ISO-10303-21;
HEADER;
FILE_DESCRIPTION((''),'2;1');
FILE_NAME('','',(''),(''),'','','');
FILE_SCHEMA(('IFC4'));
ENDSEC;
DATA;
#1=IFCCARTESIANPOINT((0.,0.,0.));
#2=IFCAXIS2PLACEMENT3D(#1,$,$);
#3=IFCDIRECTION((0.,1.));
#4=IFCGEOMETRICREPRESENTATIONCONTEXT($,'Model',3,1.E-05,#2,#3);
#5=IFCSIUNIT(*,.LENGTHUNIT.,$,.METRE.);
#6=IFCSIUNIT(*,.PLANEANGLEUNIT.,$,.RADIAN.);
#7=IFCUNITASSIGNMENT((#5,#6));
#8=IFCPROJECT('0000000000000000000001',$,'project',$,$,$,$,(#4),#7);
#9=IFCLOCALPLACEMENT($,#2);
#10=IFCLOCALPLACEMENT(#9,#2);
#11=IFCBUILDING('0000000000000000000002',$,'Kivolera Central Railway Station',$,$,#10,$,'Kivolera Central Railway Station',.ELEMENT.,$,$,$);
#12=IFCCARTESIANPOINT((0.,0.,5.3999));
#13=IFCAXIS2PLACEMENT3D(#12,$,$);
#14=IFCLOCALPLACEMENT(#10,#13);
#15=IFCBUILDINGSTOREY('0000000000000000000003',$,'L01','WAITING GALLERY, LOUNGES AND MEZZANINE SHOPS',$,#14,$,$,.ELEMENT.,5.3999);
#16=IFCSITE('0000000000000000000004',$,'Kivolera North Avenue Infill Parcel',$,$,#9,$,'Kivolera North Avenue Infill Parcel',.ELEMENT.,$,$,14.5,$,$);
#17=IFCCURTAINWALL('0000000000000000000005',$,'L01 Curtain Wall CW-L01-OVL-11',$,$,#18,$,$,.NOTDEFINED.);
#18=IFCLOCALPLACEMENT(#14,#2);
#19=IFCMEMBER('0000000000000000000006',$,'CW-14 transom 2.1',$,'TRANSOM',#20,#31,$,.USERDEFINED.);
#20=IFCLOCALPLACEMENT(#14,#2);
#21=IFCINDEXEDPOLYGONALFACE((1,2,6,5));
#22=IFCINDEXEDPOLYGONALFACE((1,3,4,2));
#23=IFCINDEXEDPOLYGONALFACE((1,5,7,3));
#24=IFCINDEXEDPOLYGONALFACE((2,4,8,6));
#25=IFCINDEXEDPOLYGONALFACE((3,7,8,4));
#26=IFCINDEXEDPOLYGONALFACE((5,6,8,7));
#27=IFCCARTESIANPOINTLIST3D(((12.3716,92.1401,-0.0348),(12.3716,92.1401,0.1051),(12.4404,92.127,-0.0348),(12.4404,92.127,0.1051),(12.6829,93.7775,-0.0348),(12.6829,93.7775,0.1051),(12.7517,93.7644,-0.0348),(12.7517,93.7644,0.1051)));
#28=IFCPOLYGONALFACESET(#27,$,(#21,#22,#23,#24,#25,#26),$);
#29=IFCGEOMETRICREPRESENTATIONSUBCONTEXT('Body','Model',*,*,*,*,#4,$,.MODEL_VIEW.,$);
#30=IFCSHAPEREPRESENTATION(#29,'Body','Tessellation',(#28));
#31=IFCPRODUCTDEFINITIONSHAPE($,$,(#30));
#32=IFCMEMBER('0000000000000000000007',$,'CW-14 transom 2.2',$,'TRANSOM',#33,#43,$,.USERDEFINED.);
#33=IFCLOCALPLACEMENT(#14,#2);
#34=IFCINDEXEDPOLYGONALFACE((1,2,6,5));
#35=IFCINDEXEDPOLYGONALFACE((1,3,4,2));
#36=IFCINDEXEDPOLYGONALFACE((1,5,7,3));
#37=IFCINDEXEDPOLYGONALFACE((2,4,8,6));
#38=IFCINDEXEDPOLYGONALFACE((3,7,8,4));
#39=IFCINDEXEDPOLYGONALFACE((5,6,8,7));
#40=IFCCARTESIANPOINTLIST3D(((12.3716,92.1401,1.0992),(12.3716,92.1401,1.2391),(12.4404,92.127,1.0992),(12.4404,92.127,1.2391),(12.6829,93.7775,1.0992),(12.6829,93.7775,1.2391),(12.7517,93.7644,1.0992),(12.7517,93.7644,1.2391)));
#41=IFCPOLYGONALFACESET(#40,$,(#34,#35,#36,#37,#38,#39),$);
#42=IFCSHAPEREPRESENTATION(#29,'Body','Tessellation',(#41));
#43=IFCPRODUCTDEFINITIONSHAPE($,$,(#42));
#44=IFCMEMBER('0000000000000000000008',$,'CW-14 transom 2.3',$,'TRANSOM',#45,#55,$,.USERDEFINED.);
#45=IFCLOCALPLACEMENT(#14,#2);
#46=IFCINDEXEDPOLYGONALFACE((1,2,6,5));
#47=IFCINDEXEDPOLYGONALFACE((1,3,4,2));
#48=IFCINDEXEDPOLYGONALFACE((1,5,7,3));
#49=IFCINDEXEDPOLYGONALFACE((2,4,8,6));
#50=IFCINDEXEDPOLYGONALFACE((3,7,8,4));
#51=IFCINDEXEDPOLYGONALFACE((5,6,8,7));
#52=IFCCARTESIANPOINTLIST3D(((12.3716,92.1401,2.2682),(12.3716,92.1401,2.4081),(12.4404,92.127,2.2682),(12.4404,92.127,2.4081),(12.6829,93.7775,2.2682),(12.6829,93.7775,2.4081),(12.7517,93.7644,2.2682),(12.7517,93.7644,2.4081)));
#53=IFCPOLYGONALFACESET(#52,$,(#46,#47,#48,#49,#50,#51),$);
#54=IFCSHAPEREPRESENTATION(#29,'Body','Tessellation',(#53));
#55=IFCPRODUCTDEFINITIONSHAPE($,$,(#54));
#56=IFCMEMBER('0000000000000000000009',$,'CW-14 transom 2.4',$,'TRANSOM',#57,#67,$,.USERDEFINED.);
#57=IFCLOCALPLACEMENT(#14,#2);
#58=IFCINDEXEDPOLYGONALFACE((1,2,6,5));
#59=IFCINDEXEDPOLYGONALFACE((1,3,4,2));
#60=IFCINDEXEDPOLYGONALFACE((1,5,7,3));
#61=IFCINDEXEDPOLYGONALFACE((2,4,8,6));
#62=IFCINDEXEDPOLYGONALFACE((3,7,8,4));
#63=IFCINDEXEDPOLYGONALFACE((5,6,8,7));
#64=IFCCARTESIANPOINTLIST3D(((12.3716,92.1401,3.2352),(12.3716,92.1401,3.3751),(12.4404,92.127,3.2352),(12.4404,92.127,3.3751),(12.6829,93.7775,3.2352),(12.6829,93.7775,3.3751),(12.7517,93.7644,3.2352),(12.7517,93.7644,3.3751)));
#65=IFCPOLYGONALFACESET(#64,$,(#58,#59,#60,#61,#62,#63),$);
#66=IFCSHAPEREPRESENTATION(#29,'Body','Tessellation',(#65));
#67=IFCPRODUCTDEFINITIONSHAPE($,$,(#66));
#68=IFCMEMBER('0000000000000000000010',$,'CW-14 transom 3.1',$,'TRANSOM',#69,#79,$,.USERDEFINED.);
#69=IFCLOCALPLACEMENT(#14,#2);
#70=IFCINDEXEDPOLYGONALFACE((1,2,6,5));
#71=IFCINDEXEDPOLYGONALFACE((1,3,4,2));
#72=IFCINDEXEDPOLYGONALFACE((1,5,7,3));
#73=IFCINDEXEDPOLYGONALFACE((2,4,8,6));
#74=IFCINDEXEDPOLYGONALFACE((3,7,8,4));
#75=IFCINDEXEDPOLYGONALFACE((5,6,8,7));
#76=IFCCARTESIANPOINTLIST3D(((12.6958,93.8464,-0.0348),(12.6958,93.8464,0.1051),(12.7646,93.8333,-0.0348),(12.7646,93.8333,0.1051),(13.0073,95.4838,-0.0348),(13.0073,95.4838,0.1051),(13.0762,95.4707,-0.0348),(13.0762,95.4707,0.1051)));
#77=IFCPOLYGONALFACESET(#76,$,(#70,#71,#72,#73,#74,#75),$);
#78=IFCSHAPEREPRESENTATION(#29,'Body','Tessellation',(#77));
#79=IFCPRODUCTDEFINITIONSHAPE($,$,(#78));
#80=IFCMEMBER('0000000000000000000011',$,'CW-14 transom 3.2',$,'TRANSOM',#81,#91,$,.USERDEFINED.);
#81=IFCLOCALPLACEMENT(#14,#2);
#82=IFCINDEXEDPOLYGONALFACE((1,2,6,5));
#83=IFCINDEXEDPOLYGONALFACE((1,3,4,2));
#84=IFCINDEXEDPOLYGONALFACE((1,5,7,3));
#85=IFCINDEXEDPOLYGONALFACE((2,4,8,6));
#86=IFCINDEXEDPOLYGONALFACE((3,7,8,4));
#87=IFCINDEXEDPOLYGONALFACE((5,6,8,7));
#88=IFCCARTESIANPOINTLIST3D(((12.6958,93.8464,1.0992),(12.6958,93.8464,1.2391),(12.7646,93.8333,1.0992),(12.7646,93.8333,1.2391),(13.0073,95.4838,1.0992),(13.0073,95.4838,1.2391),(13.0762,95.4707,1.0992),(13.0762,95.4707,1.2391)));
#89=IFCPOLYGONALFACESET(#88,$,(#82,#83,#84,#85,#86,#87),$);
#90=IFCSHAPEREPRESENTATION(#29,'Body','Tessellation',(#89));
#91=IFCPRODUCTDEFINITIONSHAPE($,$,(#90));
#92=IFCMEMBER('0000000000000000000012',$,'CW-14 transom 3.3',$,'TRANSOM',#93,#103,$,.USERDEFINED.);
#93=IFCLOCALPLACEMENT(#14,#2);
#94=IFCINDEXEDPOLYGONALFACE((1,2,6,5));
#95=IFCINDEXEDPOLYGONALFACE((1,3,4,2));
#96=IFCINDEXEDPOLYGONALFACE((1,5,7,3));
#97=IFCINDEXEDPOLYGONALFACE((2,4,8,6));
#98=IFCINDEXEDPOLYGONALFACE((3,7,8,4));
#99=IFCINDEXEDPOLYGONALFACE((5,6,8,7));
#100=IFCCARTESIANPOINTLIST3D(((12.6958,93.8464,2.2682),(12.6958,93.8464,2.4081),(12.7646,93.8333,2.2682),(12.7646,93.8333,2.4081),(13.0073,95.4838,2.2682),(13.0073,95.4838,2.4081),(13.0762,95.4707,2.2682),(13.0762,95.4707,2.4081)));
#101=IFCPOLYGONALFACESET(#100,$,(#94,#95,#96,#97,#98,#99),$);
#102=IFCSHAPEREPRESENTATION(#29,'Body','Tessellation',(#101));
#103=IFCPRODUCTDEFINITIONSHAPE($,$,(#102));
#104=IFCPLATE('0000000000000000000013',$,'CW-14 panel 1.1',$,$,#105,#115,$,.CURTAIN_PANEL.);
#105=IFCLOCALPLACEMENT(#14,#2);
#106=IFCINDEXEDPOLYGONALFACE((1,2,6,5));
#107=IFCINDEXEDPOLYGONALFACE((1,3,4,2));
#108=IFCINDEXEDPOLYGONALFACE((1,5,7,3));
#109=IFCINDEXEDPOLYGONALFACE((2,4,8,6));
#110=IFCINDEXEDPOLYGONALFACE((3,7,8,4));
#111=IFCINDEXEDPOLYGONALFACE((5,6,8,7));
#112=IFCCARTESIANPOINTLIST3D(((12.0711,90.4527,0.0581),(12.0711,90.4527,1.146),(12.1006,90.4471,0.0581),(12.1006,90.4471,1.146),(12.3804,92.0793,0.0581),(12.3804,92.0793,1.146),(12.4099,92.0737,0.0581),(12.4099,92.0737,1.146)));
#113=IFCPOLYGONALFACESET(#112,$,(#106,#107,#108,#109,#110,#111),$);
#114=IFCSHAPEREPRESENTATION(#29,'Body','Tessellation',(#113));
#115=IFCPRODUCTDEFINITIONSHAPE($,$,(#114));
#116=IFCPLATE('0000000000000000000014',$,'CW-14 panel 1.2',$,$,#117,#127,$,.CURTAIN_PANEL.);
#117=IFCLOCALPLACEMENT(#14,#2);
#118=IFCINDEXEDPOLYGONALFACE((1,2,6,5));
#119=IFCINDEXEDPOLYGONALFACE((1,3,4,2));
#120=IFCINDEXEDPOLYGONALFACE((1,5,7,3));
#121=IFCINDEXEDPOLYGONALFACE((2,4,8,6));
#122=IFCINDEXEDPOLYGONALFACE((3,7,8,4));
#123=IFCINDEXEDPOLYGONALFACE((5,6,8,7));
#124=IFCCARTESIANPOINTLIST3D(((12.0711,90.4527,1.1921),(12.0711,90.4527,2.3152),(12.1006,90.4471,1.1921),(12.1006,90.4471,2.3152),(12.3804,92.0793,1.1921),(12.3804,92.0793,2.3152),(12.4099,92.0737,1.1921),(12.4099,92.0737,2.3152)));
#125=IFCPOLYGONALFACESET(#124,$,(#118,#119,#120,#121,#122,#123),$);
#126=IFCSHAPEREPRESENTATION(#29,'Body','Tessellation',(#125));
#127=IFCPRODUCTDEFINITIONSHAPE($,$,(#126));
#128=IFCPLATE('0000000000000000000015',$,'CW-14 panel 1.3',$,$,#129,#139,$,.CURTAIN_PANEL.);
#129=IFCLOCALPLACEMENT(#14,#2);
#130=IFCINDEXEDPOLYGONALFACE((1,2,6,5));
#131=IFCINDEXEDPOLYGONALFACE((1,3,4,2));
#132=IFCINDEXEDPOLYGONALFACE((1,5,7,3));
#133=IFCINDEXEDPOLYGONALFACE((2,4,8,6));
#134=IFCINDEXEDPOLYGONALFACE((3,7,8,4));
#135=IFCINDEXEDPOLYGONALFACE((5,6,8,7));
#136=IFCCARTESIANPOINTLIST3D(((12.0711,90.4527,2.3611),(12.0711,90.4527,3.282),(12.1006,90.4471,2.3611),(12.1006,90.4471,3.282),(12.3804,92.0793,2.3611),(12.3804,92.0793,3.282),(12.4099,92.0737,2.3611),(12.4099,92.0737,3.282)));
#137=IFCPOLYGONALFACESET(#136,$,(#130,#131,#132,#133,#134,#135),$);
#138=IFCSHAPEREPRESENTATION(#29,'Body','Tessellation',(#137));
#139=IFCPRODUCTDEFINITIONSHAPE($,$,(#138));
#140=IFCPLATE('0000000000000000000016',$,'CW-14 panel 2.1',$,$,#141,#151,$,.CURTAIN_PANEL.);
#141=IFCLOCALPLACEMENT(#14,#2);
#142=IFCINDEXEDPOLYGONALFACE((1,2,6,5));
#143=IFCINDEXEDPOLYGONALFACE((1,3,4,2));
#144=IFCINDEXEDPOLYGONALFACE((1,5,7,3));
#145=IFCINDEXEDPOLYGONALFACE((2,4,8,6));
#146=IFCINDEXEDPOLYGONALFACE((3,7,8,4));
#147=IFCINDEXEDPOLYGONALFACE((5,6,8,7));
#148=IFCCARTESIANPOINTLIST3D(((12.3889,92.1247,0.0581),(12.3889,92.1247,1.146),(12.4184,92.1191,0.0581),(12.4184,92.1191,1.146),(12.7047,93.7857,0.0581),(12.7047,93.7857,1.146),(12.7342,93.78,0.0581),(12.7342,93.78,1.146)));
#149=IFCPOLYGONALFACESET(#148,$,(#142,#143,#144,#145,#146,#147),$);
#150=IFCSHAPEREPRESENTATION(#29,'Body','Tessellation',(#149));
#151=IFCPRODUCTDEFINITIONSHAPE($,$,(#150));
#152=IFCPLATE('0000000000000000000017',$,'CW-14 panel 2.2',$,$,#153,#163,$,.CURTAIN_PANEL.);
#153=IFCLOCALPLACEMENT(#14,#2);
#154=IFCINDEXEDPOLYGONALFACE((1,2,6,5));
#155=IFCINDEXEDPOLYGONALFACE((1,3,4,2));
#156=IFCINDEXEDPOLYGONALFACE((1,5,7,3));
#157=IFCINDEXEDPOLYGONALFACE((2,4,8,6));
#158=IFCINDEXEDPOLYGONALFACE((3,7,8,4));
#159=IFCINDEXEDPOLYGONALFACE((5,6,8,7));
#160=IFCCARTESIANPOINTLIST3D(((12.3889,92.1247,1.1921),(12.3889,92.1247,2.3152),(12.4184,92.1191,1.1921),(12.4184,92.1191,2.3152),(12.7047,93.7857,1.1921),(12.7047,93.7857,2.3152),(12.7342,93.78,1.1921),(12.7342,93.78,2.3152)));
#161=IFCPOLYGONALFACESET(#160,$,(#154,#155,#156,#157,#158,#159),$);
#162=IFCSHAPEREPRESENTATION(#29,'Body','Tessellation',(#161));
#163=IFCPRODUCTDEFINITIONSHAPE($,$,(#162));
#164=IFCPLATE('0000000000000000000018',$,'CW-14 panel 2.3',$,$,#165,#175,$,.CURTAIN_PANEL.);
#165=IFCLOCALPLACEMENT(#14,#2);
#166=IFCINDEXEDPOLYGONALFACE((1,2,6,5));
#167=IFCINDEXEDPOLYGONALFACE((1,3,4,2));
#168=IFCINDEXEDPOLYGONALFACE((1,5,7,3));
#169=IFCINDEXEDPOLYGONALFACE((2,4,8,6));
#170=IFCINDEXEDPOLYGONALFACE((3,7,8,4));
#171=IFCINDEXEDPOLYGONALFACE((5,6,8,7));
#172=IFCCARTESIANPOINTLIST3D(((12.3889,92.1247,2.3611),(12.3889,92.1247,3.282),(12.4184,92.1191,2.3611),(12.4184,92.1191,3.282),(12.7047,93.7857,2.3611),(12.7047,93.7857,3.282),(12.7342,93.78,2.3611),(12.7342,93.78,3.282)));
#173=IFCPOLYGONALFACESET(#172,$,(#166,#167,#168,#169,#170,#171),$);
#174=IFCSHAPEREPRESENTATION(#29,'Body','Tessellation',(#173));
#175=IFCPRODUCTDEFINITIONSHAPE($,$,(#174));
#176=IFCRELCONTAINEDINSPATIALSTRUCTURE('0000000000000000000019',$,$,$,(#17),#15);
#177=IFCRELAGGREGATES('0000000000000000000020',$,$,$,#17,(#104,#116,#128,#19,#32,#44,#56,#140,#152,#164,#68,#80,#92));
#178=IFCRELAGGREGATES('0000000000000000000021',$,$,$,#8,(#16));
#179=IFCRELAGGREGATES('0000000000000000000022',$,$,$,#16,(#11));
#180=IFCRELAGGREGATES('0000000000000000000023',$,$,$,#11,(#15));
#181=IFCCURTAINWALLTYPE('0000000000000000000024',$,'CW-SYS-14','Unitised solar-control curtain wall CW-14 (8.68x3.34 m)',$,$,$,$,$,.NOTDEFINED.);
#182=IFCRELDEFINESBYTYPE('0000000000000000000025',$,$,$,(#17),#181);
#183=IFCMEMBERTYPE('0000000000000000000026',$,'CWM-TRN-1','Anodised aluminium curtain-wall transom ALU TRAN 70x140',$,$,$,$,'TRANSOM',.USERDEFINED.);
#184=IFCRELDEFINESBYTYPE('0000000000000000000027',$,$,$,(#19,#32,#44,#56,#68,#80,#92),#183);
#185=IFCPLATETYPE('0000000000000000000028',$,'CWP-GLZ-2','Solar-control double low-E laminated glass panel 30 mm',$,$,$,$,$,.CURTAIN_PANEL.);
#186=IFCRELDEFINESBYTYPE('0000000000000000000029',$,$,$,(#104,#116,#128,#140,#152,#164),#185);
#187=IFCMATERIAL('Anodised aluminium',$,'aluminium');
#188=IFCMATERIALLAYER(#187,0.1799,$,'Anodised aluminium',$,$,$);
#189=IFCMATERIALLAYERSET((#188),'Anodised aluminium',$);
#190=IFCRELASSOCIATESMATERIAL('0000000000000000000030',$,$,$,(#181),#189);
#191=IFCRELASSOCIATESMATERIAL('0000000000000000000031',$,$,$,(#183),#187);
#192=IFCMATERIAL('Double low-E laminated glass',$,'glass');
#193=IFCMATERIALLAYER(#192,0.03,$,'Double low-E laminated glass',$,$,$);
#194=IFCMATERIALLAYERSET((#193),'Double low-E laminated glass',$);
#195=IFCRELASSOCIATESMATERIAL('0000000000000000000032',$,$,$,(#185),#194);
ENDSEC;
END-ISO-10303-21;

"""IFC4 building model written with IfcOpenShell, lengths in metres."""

from ifc_helpers import new_model, si_unit, direction, frame, origin, origin_2d, place, context, subcontext, project, spatial, rectangle, extrude, material, layer, layer_set, material_profile, profile_set, type_object, element, aggregate, save


model = new_model("IFC4")

# Units and contexts
model_context = context("Model", 3, precision=1e-05, world=origin(), true_north=direction((0.0, 1.0)))
body_context = subcontext(model_context, "Body", "Model", "MODEL_VIEW")
ifc_project = project(units=[si_unit("LENGTHUNIT", "METRE"), si_unit("PLANEANGLEUNIT", "RADIAN")], contexts=[model_context])

# Site, building, storey
site_placement = place(None, origin())
site = spatial("IfcSite", under=ifc_project, at=site_placement, Name="Kivolera North Avenue Infill Parcel", LongName="Kivolera North Avenue Infill Parcel", CompositionType="ELEMENT", RefElevation=14.5)
building_placement = place(site_placement, origin())
building = spatial("IfcBuilding", under=site, at=building_placement, Name="Kivolera Central Railway Station", LongName="Kivolera Central Railway Station", CompositionType="ELEMENT")
storey_placement = place(building_placement, frame((0.0, 0.0, 5.3999)))
storey = spatial("IfcBuildingStorey", under=building, at=storey_placement, Name="L01", Description="WAITING GALLERY, LOUNGES AND MEZZANINE SHOPS", CompositionType="ELEMENT", Elevation=5.3999)

# Curtain wall, members, plates
ifc_material_1 = material(Name="Anodised aluminium", Category="aluminium")
ifc_layer_1 = layer(ifc_material_1, 0.1799, Name="Anodised aluminium")
ifc_layer_set_1 = layer_set([ifc_layer_1], Name="Anodised aluminium")
curtain_wall_type = type_object("IfcCurtainWallType", Name="CW-SYS-14", Description="Unitised solar-control curtain wall CW-14 (8.68x3.34 m)", PredefinedType="NOTDEFINED", material=ifc_layer_set_1)
curtain_wall_placement = place(storey_placement, origin())
curtain_wall = element("IfcCurtainWall", 1, at=curtain_wall_placement, inside=storey, type_object=curtain_wall_type, Name="L01 Curtain Wall CW-L01-OVL-11", PredefinedType="NOTDEFINED")
ifc_material_profile_1 = material_profile(ifc_material_1, rectangle(XDim=0.0701, YDim=0.1399, at=origin_2d()), Name="ALU TRAN 70x140")
ifc_profile_set_1 = profile_set([ifc_material_profile_1], Name="Anodised aluminium")
member_type_1 = type_object("IfcMemberType", Name="CWM-TRN-1", Description="Anodised aluminium curtain-wall transom ALU TRAN 70x140", ElementType="TRANSOM", PredefinedType="USERDEFINED", material=ifc_profile_set_1)
member_1_placement = place(storey_placement, frame((12.406, 92.1335, 0.0352), z_axis=(0.186755, 0.982406, 0.0), x_axis=(-0.982406, 0.186755, 0.0)))
member_1 = element("IfcMember", 2, at=member_1_placement, type_object=member_type_1, Name="CW-14 transom 2.1", ObjectType="TRANSOM", PredefinedType="USERDEFINED", context=body_context, shape_type="SweptSolid", body=[
    extrude(rectangle(XDim=0.0701, YDim=0.1399, at=origin_2d()), origin(), (0.0, 0.0, 1.0), 1.6667),
])
member_2_placement = place(storey_placement, frame((12.406, 92.1335, 1.1692), z_axis=(0.186755, 0.982406, 0.0), x_axis=(-0.982406, 0.186755, 0.0)))
member_2 = element("IfcMember", 3, at=member_2_placement, type_object=member_type_1, Name="CW-14 transom 2.2", ObjectType="TRANSOM", PredefinedType="USERDEFINED", context=body_context, shape_type="SweptSolid", body=[
    extrude(rectangle(XDim=0.0701, YDim=0.1399, at=origin_2d()), origin(), (0.0, 0.0, 1.0), 1.6667),
])
member_3_placement = place(storey_placement, frame((12.406, 92.1335, 2.3381), z_axis=(0.186755, 0.982406, 0.0), x_axis=(-0.982406, 0.186755, 0.0)))
member_3 = element("IfcMember", 4, at=member_3_placement, type_object=member_type_1, Name="CW-14 transom 2.3", ObjectType="TRANSOM", PredefinedType="USERDEFINED", context=body_context, shape_type="SweptSolid", body=[
    extrude(rectangle(XDim=0.0701, YDim=0.1399, at=origin_2d()), origin(), (0.0, 0.0, 1.0), 1.6667),
])
member_4_placement = place(storey_placement, frame((12.406, 92.1335, 3.3052), z_axis=(0.186755, 0.982406, 0.0), x_axis=(-0.982406, 0.186755, 0.0)))
member_4 = element("IfcMember", 5, at=member_4_placement, type_object=member_type_1, Name="CW-14 transom 2.4", ObjectType="TRANSOM", PredefinedType="USERDEFINED", context=body_context, shape_type="SweptSolid", body=[
    extrude(rectangle(XDim=0.0701, YDim=0.1399, at=origin_2d()), origin(), (0.0, 0.0, 1.0), 1.6667),
])
member_5_placement = place(storey_placement, frame((12.7302, 93.8398, 0.0352), z_axis=(0.186897, 0.98238, 0.0), x_axis=(-0.98238, 0.186897, 0.0)))
member_5 = element("IfcMember", 6, at=member_5_placement, type_object=member_type_1, Name="CW-14 transom 3.1", ObjectType="TRANSOM", PredefinedType="USERDEFINED", context=body_context, shape_type="SweptSolid", body=[
    extrude(rectangle(XDim=0.0701, YDim=0.1399, at=origin_2d()), origin(), (0.0, 0.0, 1.0), 1.6667),
])
member_6_placement = place(storey_placement, frame((12.7302, 93.8398, 1.1692), z_axis=(0.186897, 0.98238, 0.0), x_axis=(-0.98238, 0.186897, 0.0)))
member_6 = element("IfcMember", 7, at=member_6_placement, type_object=member_type_1, Name="CW-14 transom 3.2", ObjectType="TRANSOM", PredefinedType="USERDEFINED", context=body_context, shape_type="SweptSolid", body=[
    extrude(rectangle(XDim=0.0701, YDim=0.1399, at=origin_2d()), origin(), (0.0, 0.0, 1.0), 1.6667),
])
member_7_placement = place(storey_placement, frame((12.7302, 93.8398, 2.3381), z_axis=(0.186897, 0.98238, 0.0), x_axis=(-0.98238, 0.186897, 0.0)))
member_7 = element("IfcMember", 8, at=member_7_placement, type_object=member_type_1, Name="CW-14 transom 3.3", ObjectType="TRANSOM", PredefinedType="USERDEFINED", context=body_context, shape_type="SweptSolid", body=[
    extrude(rectangle(XDim=0.0701, YDim=0.1399, at=origin_2d()), origin(), (0.0, 0.0, 1.0), 1.6667),
])
ifc_material_2 = material(Name="Double low-E laminated glass", Category="glass")
ifc_layer_2 = layer(ifc_material_2, 0.03, Name="Double low-E laminated glass")
ifc_layer_set_2 = layer_set([ifc_layer_2], Name="Double low-E laminated glass")
plate_type = type_object("IfcPlateType", Name="CWP-GLZ-2", Description="Solar-control double low-E laminated glass panel 30 mm", PredefinedType="CURTAIN_PANEL", material=ifc_layer_set_2)
plate_1_placement = place(storey_placement, frame((12.2405, 91.2632, 0.0581), z_axis=(0.0, 0.0, 1.0), x_axis=(0.186784, 0.982401, 0.0)))
plate_1 = element("IfcPlate", 9, at=plate_1_placement, type_object=plate_type, Name="CW-14 panel 1.1", PredefinedType="CURTAIN_PANEL", context=body_context, shape_type="SweptSolid", body=[
    extrude(rectangle(XDim=1.6558, YDim=0.03, at=origin_2d()), origin(), (0.0, 0.0, 1.0), 1.0879),
])
plate_2_placement = place(storey_placement, frame((12.2405, 91.2632, 1.1921), z_axis=(0.0, 0.0, 1.0), x_axis=(0.186784, 0.982401, 0.0)))
plate_2 = element("IfcPlate", 10, at=plate_2_placement, type_object=plate_type, Name="CW-14 panel 1.2", PredefinedType="CURTAIN_PANEL", context=body_context, shape_type="SweptSolid", body=[
    extrude(rectangle(XDim=1.6558, YDim=0.03, at=origin_2d()), origin(), (0.0, 0.0, 1.0), 1.123),
])
plate_3_placement = place(storey_placement, frame((12.2405, 91.2632, 2.3611), z_axis=(0.0, 0.0, 1.0), x_axis=(0.186784, 0.982401, 0.0)))
plate_3 = element("IfcPlate", 11, at=plate_3_placement, type_object=plate_type, Name="CW-14 panel 1.3", PredefinedType="CURTAIN_PANEL", context=body_context, shape_type="SweptSolid", body=[
    extrude(rectangle(XDim=1.6558, YDim=0.03, at=origin_2d()), origin(), (0.0, 0.0, 1.0), 0.9209),
])
plate_4_placement = place(storey_placement, frame((12.5615, 92.9524, 0.0581), z_axis=(0.0, 0.0, 1.0), x_axis=(0.186784, 0.982401, 0.0)))
plate_4 = element("IfcPlate", 12, at=plate_4_placement, type_object=plate_type, Name="CW-14 panel 2.1", PredefinedType="CURTAIN_PANEL", context=body_context, shape_type="SweptSolid", body=[
    extrude(rectangle(XDim=1.6907, YDim=0.03, at=origin_2d()), origin(), (0.0, 0.0, 1.0), 1.0879),
])
plate_5_placement = place(storey_placement, frame((12.5615, 92.9524, 1.1921), z_axis=(0.0, 0.0, 1.0), x_axis=(0.186784, 0.982401, 0.0)))
plate_5 = element("IfcPlate", 13, at=plate_5_placement, type_object=plate_type, Name="CW-14 panel 2.2", PredefinedType="CURTAIN_PANEL", context=body_context, shape_type="SweptSolid", body=[
    extrude(rectangle(XDim=1.6907, YDim=0.03, at=origin_2d()), origin(), (0.0, 0.0, 1.0), 1.123),
])
plate_6_placement = place(storey_placement, frame((12.5615, 92.9524, 2.3611), z_axis=(0.0, 0.0, 1.0), x_axis=(0.186784, 0.982401, 0.0)))
plate_6 = element("IfcPlate", 14, at=plate_6_placement, type_object=plate_type, Name="CW-14 panel 2.3", PredefinedType="CURTAIN_PANEL", context=body_context, shape_type="SweptSolid", body=[
    extrude(rectangle(XDim=1.6907, YDim=0.03, at=origin_2d()), origin(), (0.0, 0.0, 1.0), 0.9209),
])
aggregate(curtain_wall, [plate_1, plate_2, plate_3, member_1, member_2, member_3, member_4, plate_4, plate_5, plate_6, member_5, member_6, member_7])

save(model, "model.ifc")
